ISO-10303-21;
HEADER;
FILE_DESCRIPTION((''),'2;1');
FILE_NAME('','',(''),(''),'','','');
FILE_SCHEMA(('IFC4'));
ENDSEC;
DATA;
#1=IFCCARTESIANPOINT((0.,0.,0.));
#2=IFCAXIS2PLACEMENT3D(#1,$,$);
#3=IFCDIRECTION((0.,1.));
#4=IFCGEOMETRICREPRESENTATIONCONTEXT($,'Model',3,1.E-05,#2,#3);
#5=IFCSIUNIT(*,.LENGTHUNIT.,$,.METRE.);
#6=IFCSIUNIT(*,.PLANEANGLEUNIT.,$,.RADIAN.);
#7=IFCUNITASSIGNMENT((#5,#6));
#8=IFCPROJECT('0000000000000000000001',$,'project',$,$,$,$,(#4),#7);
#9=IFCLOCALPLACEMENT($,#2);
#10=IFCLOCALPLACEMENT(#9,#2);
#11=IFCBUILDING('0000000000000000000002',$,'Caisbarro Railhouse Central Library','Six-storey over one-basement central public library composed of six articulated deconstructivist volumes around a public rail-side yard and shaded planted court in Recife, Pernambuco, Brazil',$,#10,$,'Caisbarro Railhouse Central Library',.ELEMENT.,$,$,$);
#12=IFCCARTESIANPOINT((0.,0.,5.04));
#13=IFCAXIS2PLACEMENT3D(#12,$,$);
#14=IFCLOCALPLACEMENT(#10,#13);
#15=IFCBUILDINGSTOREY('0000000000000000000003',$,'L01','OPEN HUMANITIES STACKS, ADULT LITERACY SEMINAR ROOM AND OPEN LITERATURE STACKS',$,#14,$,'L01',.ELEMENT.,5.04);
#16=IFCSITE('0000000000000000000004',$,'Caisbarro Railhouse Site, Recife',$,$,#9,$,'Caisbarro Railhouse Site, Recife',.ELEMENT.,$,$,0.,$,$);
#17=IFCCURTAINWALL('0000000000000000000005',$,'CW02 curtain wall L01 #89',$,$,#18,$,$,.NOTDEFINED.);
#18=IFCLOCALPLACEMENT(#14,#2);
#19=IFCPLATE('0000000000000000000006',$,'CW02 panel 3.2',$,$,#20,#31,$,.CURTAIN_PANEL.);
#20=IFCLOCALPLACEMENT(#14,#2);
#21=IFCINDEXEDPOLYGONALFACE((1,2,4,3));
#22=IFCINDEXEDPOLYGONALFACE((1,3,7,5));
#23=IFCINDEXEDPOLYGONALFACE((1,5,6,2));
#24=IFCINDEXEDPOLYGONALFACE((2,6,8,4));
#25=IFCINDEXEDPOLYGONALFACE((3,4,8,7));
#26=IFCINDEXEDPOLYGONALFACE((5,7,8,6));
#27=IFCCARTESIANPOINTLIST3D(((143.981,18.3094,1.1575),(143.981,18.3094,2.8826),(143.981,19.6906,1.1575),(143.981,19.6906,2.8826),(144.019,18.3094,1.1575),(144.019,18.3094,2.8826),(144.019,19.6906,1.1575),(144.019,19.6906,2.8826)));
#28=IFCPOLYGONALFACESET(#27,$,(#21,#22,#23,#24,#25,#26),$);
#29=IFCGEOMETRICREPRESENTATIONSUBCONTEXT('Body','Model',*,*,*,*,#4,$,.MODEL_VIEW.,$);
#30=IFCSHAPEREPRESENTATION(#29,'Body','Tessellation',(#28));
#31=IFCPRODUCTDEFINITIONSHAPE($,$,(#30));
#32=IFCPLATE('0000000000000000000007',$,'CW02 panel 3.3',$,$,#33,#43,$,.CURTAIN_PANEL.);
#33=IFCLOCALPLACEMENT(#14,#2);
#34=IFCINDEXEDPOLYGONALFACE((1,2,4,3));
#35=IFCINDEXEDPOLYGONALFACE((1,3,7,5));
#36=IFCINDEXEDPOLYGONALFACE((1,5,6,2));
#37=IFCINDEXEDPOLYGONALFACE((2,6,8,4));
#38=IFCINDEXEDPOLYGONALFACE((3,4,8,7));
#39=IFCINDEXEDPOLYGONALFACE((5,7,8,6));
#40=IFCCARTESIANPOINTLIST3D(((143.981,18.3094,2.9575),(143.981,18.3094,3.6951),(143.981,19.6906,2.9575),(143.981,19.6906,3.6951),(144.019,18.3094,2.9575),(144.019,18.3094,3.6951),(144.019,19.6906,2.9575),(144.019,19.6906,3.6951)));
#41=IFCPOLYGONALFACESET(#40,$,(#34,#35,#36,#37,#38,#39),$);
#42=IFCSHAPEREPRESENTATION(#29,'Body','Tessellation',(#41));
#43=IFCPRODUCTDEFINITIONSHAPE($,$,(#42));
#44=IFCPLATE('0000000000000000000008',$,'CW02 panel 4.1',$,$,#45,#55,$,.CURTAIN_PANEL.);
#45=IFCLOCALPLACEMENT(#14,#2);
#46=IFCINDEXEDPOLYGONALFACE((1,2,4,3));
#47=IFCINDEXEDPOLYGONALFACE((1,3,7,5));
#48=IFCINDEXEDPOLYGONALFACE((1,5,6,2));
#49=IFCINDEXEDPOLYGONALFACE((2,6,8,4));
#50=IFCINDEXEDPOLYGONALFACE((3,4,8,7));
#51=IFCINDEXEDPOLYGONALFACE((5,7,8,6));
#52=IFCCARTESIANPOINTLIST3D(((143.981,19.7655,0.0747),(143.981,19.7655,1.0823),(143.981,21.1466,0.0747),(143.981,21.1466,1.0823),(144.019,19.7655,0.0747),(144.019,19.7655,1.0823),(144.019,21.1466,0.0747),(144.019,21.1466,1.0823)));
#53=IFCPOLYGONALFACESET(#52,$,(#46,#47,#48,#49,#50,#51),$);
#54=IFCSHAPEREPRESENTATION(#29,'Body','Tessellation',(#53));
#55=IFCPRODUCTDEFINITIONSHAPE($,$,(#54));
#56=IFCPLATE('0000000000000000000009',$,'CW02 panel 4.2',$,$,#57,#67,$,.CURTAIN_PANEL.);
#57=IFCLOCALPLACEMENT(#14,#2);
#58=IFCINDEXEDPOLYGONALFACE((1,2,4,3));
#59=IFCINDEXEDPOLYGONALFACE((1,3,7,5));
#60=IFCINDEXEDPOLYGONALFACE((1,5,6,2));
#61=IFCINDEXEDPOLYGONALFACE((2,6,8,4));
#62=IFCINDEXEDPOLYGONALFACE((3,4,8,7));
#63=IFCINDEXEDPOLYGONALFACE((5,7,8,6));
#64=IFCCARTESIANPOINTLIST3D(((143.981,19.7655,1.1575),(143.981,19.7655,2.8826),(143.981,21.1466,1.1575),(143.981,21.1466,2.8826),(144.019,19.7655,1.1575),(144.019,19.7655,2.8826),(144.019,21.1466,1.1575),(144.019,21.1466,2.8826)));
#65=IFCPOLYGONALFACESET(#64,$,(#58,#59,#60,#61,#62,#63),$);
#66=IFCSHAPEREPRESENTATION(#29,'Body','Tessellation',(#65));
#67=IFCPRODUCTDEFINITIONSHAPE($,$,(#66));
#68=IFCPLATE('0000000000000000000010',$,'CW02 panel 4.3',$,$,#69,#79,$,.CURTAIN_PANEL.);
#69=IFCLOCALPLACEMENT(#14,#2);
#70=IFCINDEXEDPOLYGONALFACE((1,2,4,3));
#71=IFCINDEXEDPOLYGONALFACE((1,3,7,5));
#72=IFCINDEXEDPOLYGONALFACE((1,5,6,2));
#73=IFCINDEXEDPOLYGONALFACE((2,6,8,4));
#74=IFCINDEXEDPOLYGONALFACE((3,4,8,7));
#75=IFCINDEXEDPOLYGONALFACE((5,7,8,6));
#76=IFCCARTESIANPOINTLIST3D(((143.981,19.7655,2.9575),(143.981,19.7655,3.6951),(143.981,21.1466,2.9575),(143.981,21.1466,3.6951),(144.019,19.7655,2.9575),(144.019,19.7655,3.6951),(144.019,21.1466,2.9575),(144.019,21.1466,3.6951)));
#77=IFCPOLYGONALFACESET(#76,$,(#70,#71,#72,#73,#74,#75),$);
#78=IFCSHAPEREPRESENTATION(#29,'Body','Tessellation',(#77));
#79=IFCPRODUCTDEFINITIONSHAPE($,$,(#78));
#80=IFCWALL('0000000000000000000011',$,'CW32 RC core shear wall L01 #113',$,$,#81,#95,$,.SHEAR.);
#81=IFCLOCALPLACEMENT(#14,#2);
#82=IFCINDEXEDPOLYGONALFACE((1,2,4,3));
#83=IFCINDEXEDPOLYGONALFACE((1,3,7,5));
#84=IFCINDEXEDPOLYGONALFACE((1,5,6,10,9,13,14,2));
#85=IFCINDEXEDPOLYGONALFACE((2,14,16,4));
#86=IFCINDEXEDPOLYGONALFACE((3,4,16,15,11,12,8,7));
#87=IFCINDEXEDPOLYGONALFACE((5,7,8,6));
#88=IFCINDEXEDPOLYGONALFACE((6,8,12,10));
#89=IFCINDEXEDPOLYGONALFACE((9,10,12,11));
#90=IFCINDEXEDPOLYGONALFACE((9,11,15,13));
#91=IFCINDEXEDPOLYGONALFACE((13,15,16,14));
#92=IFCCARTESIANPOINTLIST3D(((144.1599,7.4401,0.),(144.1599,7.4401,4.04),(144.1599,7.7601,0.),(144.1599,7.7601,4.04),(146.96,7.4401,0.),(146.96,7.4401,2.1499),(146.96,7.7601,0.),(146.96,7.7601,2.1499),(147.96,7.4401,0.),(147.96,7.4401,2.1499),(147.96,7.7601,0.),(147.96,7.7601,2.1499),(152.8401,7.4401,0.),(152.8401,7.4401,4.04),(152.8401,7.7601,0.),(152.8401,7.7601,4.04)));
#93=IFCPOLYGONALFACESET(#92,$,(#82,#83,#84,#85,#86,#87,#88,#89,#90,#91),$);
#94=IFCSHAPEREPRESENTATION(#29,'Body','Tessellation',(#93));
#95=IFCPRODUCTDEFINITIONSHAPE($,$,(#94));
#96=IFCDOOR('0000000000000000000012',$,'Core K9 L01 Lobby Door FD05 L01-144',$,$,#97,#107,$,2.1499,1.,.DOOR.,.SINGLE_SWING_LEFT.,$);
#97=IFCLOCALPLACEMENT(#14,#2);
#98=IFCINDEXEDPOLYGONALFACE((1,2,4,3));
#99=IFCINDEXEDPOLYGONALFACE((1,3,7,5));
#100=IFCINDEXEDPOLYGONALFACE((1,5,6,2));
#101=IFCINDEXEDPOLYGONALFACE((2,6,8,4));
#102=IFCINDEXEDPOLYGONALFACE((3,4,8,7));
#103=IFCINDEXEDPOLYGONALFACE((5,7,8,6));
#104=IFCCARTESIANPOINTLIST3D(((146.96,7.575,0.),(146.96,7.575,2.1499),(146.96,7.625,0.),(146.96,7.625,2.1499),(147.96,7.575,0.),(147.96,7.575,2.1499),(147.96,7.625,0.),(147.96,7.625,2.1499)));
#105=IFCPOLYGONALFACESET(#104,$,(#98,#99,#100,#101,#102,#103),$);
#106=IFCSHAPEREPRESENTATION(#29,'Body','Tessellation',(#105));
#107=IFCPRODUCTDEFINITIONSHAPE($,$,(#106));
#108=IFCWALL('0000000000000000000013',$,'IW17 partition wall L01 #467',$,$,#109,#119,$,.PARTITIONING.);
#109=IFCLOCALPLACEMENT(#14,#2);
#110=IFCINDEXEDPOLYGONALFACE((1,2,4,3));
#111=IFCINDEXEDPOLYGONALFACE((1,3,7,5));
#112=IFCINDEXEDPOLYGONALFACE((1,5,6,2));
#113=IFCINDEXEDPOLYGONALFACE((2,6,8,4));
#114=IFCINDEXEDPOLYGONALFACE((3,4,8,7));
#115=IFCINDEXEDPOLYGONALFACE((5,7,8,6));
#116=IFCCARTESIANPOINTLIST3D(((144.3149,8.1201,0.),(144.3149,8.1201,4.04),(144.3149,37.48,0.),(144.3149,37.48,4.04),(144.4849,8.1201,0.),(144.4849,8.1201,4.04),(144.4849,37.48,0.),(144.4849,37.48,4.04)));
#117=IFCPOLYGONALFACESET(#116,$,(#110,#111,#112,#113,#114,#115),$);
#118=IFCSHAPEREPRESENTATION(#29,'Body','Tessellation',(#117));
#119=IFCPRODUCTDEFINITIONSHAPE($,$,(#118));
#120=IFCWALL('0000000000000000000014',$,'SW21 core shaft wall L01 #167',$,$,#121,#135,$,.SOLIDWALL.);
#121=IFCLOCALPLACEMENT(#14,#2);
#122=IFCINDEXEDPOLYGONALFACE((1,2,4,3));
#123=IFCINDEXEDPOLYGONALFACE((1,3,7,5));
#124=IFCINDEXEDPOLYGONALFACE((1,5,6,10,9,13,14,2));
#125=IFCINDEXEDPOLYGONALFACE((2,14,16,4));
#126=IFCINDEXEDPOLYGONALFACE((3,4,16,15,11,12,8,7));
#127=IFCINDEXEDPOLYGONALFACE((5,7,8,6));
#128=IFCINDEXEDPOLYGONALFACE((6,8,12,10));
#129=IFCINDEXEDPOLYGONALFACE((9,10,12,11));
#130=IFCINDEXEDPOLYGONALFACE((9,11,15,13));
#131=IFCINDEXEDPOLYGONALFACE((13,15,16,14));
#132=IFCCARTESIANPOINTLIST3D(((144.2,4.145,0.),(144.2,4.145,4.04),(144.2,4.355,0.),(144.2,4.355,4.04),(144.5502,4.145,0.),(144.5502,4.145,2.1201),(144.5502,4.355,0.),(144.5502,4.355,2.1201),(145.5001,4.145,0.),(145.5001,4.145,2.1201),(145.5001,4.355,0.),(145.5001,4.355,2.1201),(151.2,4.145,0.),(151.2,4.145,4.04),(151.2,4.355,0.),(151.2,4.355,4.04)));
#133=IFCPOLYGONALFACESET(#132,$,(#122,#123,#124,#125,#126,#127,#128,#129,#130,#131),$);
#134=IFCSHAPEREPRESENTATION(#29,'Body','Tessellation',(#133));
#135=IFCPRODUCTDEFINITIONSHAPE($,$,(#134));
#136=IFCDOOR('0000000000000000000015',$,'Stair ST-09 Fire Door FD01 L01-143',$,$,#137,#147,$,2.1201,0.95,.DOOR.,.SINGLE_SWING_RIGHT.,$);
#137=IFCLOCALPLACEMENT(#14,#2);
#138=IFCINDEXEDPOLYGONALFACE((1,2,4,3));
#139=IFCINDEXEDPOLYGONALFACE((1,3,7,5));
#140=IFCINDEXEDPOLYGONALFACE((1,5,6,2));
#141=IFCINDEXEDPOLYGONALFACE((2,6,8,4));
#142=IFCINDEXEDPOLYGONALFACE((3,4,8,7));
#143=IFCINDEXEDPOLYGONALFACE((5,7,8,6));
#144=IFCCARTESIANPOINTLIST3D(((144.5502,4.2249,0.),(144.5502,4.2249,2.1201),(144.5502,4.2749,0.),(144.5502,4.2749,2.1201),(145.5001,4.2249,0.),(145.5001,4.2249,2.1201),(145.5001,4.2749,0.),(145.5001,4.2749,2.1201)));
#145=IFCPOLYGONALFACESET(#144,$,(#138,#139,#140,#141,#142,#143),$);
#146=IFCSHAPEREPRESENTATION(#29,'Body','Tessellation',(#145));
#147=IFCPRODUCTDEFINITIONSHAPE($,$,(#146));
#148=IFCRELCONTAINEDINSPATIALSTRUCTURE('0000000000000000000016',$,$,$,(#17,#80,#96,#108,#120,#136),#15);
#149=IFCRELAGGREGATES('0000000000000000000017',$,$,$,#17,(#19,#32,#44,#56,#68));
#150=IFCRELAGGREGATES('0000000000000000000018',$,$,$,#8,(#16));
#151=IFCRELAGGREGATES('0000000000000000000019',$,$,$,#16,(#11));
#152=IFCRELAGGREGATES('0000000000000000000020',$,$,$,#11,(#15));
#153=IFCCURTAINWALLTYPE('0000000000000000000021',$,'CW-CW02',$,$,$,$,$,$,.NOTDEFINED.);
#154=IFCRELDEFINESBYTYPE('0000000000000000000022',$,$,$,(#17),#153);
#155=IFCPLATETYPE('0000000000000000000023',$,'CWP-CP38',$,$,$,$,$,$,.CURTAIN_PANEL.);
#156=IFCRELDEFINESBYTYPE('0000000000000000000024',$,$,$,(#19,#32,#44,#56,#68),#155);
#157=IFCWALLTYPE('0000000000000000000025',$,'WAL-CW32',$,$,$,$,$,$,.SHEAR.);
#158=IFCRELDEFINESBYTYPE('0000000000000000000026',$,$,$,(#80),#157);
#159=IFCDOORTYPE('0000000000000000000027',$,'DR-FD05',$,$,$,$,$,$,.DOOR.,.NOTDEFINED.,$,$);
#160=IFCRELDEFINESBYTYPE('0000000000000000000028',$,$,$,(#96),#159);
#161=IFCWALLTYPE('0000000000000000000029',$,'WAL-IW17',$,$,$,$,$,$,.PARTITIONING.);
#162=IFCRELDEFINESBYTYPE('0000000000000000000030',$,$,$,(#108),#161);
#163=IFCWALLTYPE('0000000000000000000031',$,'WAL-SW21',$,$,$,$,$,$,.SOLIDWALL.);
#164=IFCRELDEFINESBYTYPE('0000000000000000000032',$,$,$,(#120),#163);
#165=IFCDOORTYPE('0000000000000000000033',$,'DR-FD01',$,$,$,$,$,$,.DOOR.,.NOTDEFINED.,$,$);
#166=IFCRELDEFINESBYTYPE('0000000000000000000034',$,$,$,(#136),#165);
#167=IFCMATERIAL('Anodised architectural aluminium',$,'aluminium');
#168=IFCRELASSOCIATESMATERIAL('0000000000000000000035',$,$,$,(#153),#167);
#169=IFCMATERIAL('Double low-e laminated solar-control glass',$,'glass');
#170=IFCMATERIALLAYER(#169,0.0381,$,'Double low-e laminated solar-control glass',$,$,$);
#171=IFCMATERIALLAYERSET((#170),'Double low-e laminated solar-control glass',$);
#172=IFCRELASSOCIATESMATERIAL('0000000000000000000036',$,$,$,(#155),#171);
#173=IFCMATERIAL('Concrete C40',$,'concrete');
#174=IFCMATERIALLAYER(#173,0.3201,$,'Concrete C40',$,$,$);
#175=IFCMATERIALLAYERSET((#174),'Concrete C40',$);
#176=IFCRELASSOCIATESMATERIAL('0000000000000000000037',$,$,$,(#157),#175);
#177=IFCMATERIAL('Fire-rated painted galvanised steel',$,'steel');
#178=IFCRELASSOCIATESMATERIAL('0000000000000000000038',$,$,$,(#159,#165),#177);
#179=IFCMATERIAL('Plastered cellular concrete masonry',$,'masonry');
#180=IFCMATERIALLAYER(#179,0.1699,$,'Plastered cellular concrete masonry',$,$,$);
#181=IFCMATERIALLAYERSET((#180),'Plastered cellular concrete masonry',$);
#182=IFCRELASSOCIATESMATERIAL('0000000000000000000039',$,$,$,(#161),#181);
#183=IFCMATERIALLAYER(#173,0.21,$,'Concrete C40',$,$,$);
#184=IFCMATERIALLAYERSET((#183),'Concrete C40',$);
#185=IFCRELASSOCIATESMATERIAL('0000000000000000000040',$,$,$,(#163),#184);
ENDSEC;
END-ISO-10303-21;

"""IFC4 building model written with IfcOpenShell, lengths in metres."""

from ifc_helpers import new_model, si_unit, direction, frame, frame_2d, origin, origin_2d, place, context, subcontext, project, spatial, rectangle, extrude, material, layer, layer_set, type_object, element, fill, aggregate, save


model = new_model("IFC4")

# Units and contexts
model_context = context("Model", 3, precision=1e-05, world=origin(), true_north=direction((0.0, 1.0)))
body_context = subcontext(model_context, "Body", "Model", "MODEL_VIEW")
ifc_project = project(units=[si_unit("LENGTHUNIT", "METRE"), si_unit("PLANEANGLEUNIT", "RADIAN")], contexts=[model_context])

# Site, building, storey
site_placement = place(None, origin())
site = spatial("IfcSite", under=ifc_project, at=site_placement, Name="Caisbarro Railhouse Site, Recife", LongName="Caisbarro Railhouse Site, Recife", CompositionType="ELEMENT", RefElevation=0.0)
building_placement = place(site_placement, origin())
building = spatial("IfcBuilding", under=site, at=building_placement, Name="Caisbarro Railhouse Central Library", Description="Six-storey over one-basement central public library composed of six articulated deconstructivist volumes around a public rail-side yard and shaded planted court in Recife, Pernambuco, Brazil", LongName="Caisbarro Railhouse Central Library", CompositionType="ELEMENT")
storey_placement = place(building_placement, frame((0.0, 0.0, 5.04)))
storey = spatial("IfcBuildingStorey", under=building, at=storey_placement, Name="L01", Description="OPEN HUMANITIES STACKS, ADULT LITERACY SEMINAR ROOM AND OPEN LITERATURE STACKS", LongName="L01", CompositionType="ELEMENT", Elevation=5.04)

# Shared definitions
ifc_material_1 = material(Name="Concrete C40", Category="concrete")

# Curtain wall, plates
ifc_material_2 = material(Name="Anodised architectural aluminium", Category="aluminium")
curtain_wall_type = type_object("IfcCurtainWallType", Name="CW-CW02", PredefinedType="NOTDEFINED", material=ifc_material_2)
curtain_wall_placement = place(storey_placement, origin())
curtain_wall = element("IfcCurtainWall", 1, at=curtain_wall_placement, inside=storey, type_object=curtain_wall_type, Name="CW02 curtain wall L01 #89", PredefinedType="NOTDEFINED")
ifc_material_3 = material(Name="Double low-e laminated solar-control glass", Category="glass")
ifc_layer_1 = layer(ifc_material_3, 0.0381, Name="Double low-e laminated solar-control glass")
ifc_layer_set_1 = layer_set([ifc_layer_1], Name="Double low-e laminated solar-control glass")
plate_type = type_object("IfcPlateType", Name="CWP-CP38", PredefinedType="CURTAIN_PANEL", material=ifc_layer_set_1)
plate_1_placement = place(storey_placement, frame((144.0, 19.0, 1.1575), z_axis=(0.0, 0.0, 1.0), x_axis=(0.0, 1.0, 0.0)))
plate_1 = element("IfcPlate", 2, at=plate_1_placement, type_object=plate_type, Name="CW02 panel 3.2", PredefinedType="CURTAIN_PANEL", context=body_context, shape_type="SweptSolid", body=[
    extrude(rectangle(XDim=1.3811, YDim=0.0381, at=origin_2d()), origin(), (0.0, 0.0, 1.0), 1.7251),
])
plate_2_placement = place(storey_placement, frame((144.0, 19.0, 2.9575), z_axis=(0.0, 0.0, 1.0), x_axis=(0.0, 1.0, 0.0)))
plate_2 = element("IfcPlate", 3, at=plate_2_placement, type_object=plate_type, Name="CW02 panel 3.3", PredefinedType="CURTAIN_PANEL", context=body_context, shape_type="SweptSolid", body=[
    extrude(rectangle(XDim=1.3811, YDim=0.0381, at=origin_2d()), origin(), (0.0, 0.0, 1.0), 0.7375),
])
plate_3_placement = place(storey_placement, frame((144.0, 20.4561, 0.0747), z_axis=(0.0, 0.0, 1.0), x_axis=(0.0, 1.0, 0.0)))
plate_3 = element("IfcPlate", 4, at=plate_3_placement, type_object=plate_type, Name="CW02 panel 4.1", PredefinedType="CURTAIN_PANEL", context=body_context, shape_type="SweptSolid", body=[
    extrude(rectangle(XDim=1.3811, YDim=0.0381, at=origin_2d()), origin(), (0.0, 0.0, 1.0), 1.0076),
])
plate_4_placement = place(storey_placement, frame((144.0, 20.4561, 1.1575), z_axis=(0.0, 0.0, 1.0), x_axis=(0.0, 1.0, 0.0)))
plate_4 = element("IfcPlate", 5, at=plate_4_placement, type_object=plate_type, Name="CW02 panel 4.2", PredefinedType="CURTAIN_PANEL", context=body_context, shape_type="SweptSolid", body=[
    extrude(rectangle(XDim=1.3811, YDim=0.0381, at=origin_2d()), origin(), (0.0, 0.0, 1.0), 1.7251),
])
plate_5_placement = place(storey_placement, frame((144.0, 20.4561, 2.9575), z_axis=(0.0, 0.0, 1.0), x_axis=(0.0, 1.0, 0.0)))
plate_5 = element("IfcPlate", 6, at=plate_5_placement, type_object=plate_type, Name="CW02 panel 4.3", PredefinedType="CURTAIN_PANEL", context=body_context, shape_type="SweptSolid", body=[
    extrude(rectangle(XDim=1.3811, YDim=0.0381, at=origin_2d()), origin(), (0.0, 0.0, 1.0), 0.7375),
])
aggregate(curtain_wall, [plate_1, plate_2, plate_3, plate_4, plate_5])

# Wall, opening, door
ifc_layer_2 = layer(ifc_material_1, 0.3201, Name="Concrete C40")
ifc_layer_set_2 = layer_set([ifc_layer_2], Name="Concrete C40")
wall_type_1 = type_object("IfcWallType", Name="WAL-CW32", PredefinedType="SHEAR", material=ifc_layer_set_2)
wall_1_placement = place(storey_placement, frame((144.1599, 7.6001, 0.0), z_axis=(0.0, 0.0, 1.0), x_axis=(1.0, 0.0, 0.0)))
wall_1 = element("IfcWall", 7, at=wall_1_placement, inside=storey, type_object=wall_type_1, Name="CW32 RC core shear wall L01 #113", PredefinedType="SHEAR", context=body_context, shape_type="SweptSolid", body=[
    extrude(rectangle(XDim=8.6802, YDim=0.3201, at=frame_2d((4.3401, 0.0))), origin(), (0.0, 0.0, 1.0), 4.04),
])
opening_1_placement = place(wall_1_placement, frame((2.8, 0.0, 0.0)))
opening_1 = element("IfcOpeningElement", 8, at=opening_1_placement, cuts=wall_1, PredefinedType="OPENING", context=body_context, shape_type="SweptSolid", body=[
    extrude(rectangle(XDim=1.0, YDim=2.1499, at=frame_2d((0.5, 1.075))), frame((0.0, 0.1699, 0.0), z_axis=(0.0, -1.0, 0.0), x_axis=(1.0, 0.0, 0.0)), (0.0, 0.0, 1.0), 0.3401),
])
ifc_material_4 = material(Name="Fire-rated painted galvanised steel", Category="steel")
door_type_1 = type_object("IfcDoorType", Name="DR-FD05", OperationType="NOTDEFINED", PredefinedType="DOOR", material=ifc_material_4)
door_1_placement = place(opening_1_placement, origin())
door_1 = element("IfcDoor", 9, at=door_1_placement, inside=storey, type_object=door_type_1, Name="Core K9 L01 Lobby Door FD05 L01-144", OperationType="SINGLE_SWING_LEFT", OverallHeight=2.1499, OverallWidth=1.0, PredefinedType="DOOR", context=body_context, shape_type="SweptSolid", body=[
    extrude(rectangle(XDim=1.0, YDim=2.1499, at=frame_2d((0.5, 1.075))), frame((0.0, 0.0249, 0.0), z_axis=(0.0, -1.0, 0.0), x_axis=(1.0, 0.0, 0.0)), (0.0, 0.0, 1.0), 0.05),
])
fill(opening_1, door_1)

# Wall
ifc_material_5 = material(Name="Plastered cellular concrete masonry", Category="masonry")
ifc_layer_3 = layer(ifc_material_5, 0.1699, Name="Plastered cellular concrete masonry")
ifc_layer_set_3 = layer_set([ifc_layer_3], Name="Plastered cellular concrete masonry")
wall_type_2 = type_object("IfcWallType", Name="WAL-IW17", PredefinedType="PARTITIONING", material=ifc_layer_set_3)
wall_2_placement = place(storey_placement, frame((144.3999, 8.1201, 0.0), z_axis=(0.0, 0.0, 1.0), x_axis=(0.0, 1.0, 0.0)))
element("IfcWall", 10, at=wall_2_placement, inside=storey, type_object=wall_type_2, Name="IW17 partition wall L01 #467", PredefinedType="PARTITIONING", context=body_context, shape_type="SweptSolid", body=[
    extrude(rectangle(XDim=29.3599, YDim=0.1699, at=frame_2d((14.6799, 0.0))), origin(), (0.0, 0.0, 1.0), 4.04),
])

# Wall, opening, door
ifc_layer_4 = layer(ifc_material_1, 0.21, Name="Concrete C40")
ifc_layer_set_4 = layer_set([ifc_layer_4], Name="Concrete C40")
wall_type_3 = type_object("IfcWallType", Name="WAL-SW21", PredefinedType="SOLIDWALL", material=ifc_layer_set_4)
wall_3_placement = place(storey_placement, frame((144.2, 4.25, 0.0), z_axis=(0.0, 0.0, 1.0), x_axis=(1.0, 0.0, 0.0)))
wall_3 = element("IfcWall", 11, at=wall_3_placement, inside=storey, type_object=wall_type_3, Name="SW21 core shaft wall L01 #167", PredefinedType="SOLIDWALL", context=body_context, shape_type="SweptSolid", body=[
    extrude(rectangle(XDim=7.0, YDim=0.21, at=frame_2d((3.5, 0.0))), origin(), (0.0, 0.0, 1.0), 4.04),
])
opening_2_placement = place(wall_3_placement, frame((0.3501, 0.0, 0.0)))
opening_2 = element("IfcOpeningElement", 12, at=opening_2_placement, cuts=wall_3, PredefinedType="OPENING", context=body_context, shape_type="SweptSolid", body=[
    extrude(rectangle(XDim=0.95, YDim=2.1201, at=frame_2d((0.4751, 1.0601))), frame((0.0, 0.115, 0.0), z_axis=(0.0, -1.0, 0.0), x_axis=(1.0, 0.0, 0.0)), (0.0, 0.0, 1.0), 0.23),
])
door_type_2 = type_object("IfcDoorType", Name="DR-FD01", OperationType="NOTDEFINED", PredefinedType="DOOR", material=ifc_material_4)
door_2_placement = place(opening_2_placement, origin())
door_2 = element("IfcDoor", 13, at=door_2_placement, inside=storey, type_object=door_type_2, Name="Stair ST-09 Fire Door FD01 L01-143", OperationType="SINGLE_SWING_RIGHT", OverallHeight=2.1201, OverallWidth=0.95, PredefinedType="DOOR", context=body_context, shape_type="SweptSolid", body=[
    extrude(rectangle(XDim=0.95, YDim=2.1201, at=frame_2d((0.4751, 1.0601))), frame((0.0, 0.0249, 0.0), z_axis=(0.0, -1.0, 0.0), x_axis=(1.0, 0.0, 0.0)), (0.0, 0.0, 1.0), 0.05),
])
fill(opening_2, door_2)

save(model, "model.ifc")
